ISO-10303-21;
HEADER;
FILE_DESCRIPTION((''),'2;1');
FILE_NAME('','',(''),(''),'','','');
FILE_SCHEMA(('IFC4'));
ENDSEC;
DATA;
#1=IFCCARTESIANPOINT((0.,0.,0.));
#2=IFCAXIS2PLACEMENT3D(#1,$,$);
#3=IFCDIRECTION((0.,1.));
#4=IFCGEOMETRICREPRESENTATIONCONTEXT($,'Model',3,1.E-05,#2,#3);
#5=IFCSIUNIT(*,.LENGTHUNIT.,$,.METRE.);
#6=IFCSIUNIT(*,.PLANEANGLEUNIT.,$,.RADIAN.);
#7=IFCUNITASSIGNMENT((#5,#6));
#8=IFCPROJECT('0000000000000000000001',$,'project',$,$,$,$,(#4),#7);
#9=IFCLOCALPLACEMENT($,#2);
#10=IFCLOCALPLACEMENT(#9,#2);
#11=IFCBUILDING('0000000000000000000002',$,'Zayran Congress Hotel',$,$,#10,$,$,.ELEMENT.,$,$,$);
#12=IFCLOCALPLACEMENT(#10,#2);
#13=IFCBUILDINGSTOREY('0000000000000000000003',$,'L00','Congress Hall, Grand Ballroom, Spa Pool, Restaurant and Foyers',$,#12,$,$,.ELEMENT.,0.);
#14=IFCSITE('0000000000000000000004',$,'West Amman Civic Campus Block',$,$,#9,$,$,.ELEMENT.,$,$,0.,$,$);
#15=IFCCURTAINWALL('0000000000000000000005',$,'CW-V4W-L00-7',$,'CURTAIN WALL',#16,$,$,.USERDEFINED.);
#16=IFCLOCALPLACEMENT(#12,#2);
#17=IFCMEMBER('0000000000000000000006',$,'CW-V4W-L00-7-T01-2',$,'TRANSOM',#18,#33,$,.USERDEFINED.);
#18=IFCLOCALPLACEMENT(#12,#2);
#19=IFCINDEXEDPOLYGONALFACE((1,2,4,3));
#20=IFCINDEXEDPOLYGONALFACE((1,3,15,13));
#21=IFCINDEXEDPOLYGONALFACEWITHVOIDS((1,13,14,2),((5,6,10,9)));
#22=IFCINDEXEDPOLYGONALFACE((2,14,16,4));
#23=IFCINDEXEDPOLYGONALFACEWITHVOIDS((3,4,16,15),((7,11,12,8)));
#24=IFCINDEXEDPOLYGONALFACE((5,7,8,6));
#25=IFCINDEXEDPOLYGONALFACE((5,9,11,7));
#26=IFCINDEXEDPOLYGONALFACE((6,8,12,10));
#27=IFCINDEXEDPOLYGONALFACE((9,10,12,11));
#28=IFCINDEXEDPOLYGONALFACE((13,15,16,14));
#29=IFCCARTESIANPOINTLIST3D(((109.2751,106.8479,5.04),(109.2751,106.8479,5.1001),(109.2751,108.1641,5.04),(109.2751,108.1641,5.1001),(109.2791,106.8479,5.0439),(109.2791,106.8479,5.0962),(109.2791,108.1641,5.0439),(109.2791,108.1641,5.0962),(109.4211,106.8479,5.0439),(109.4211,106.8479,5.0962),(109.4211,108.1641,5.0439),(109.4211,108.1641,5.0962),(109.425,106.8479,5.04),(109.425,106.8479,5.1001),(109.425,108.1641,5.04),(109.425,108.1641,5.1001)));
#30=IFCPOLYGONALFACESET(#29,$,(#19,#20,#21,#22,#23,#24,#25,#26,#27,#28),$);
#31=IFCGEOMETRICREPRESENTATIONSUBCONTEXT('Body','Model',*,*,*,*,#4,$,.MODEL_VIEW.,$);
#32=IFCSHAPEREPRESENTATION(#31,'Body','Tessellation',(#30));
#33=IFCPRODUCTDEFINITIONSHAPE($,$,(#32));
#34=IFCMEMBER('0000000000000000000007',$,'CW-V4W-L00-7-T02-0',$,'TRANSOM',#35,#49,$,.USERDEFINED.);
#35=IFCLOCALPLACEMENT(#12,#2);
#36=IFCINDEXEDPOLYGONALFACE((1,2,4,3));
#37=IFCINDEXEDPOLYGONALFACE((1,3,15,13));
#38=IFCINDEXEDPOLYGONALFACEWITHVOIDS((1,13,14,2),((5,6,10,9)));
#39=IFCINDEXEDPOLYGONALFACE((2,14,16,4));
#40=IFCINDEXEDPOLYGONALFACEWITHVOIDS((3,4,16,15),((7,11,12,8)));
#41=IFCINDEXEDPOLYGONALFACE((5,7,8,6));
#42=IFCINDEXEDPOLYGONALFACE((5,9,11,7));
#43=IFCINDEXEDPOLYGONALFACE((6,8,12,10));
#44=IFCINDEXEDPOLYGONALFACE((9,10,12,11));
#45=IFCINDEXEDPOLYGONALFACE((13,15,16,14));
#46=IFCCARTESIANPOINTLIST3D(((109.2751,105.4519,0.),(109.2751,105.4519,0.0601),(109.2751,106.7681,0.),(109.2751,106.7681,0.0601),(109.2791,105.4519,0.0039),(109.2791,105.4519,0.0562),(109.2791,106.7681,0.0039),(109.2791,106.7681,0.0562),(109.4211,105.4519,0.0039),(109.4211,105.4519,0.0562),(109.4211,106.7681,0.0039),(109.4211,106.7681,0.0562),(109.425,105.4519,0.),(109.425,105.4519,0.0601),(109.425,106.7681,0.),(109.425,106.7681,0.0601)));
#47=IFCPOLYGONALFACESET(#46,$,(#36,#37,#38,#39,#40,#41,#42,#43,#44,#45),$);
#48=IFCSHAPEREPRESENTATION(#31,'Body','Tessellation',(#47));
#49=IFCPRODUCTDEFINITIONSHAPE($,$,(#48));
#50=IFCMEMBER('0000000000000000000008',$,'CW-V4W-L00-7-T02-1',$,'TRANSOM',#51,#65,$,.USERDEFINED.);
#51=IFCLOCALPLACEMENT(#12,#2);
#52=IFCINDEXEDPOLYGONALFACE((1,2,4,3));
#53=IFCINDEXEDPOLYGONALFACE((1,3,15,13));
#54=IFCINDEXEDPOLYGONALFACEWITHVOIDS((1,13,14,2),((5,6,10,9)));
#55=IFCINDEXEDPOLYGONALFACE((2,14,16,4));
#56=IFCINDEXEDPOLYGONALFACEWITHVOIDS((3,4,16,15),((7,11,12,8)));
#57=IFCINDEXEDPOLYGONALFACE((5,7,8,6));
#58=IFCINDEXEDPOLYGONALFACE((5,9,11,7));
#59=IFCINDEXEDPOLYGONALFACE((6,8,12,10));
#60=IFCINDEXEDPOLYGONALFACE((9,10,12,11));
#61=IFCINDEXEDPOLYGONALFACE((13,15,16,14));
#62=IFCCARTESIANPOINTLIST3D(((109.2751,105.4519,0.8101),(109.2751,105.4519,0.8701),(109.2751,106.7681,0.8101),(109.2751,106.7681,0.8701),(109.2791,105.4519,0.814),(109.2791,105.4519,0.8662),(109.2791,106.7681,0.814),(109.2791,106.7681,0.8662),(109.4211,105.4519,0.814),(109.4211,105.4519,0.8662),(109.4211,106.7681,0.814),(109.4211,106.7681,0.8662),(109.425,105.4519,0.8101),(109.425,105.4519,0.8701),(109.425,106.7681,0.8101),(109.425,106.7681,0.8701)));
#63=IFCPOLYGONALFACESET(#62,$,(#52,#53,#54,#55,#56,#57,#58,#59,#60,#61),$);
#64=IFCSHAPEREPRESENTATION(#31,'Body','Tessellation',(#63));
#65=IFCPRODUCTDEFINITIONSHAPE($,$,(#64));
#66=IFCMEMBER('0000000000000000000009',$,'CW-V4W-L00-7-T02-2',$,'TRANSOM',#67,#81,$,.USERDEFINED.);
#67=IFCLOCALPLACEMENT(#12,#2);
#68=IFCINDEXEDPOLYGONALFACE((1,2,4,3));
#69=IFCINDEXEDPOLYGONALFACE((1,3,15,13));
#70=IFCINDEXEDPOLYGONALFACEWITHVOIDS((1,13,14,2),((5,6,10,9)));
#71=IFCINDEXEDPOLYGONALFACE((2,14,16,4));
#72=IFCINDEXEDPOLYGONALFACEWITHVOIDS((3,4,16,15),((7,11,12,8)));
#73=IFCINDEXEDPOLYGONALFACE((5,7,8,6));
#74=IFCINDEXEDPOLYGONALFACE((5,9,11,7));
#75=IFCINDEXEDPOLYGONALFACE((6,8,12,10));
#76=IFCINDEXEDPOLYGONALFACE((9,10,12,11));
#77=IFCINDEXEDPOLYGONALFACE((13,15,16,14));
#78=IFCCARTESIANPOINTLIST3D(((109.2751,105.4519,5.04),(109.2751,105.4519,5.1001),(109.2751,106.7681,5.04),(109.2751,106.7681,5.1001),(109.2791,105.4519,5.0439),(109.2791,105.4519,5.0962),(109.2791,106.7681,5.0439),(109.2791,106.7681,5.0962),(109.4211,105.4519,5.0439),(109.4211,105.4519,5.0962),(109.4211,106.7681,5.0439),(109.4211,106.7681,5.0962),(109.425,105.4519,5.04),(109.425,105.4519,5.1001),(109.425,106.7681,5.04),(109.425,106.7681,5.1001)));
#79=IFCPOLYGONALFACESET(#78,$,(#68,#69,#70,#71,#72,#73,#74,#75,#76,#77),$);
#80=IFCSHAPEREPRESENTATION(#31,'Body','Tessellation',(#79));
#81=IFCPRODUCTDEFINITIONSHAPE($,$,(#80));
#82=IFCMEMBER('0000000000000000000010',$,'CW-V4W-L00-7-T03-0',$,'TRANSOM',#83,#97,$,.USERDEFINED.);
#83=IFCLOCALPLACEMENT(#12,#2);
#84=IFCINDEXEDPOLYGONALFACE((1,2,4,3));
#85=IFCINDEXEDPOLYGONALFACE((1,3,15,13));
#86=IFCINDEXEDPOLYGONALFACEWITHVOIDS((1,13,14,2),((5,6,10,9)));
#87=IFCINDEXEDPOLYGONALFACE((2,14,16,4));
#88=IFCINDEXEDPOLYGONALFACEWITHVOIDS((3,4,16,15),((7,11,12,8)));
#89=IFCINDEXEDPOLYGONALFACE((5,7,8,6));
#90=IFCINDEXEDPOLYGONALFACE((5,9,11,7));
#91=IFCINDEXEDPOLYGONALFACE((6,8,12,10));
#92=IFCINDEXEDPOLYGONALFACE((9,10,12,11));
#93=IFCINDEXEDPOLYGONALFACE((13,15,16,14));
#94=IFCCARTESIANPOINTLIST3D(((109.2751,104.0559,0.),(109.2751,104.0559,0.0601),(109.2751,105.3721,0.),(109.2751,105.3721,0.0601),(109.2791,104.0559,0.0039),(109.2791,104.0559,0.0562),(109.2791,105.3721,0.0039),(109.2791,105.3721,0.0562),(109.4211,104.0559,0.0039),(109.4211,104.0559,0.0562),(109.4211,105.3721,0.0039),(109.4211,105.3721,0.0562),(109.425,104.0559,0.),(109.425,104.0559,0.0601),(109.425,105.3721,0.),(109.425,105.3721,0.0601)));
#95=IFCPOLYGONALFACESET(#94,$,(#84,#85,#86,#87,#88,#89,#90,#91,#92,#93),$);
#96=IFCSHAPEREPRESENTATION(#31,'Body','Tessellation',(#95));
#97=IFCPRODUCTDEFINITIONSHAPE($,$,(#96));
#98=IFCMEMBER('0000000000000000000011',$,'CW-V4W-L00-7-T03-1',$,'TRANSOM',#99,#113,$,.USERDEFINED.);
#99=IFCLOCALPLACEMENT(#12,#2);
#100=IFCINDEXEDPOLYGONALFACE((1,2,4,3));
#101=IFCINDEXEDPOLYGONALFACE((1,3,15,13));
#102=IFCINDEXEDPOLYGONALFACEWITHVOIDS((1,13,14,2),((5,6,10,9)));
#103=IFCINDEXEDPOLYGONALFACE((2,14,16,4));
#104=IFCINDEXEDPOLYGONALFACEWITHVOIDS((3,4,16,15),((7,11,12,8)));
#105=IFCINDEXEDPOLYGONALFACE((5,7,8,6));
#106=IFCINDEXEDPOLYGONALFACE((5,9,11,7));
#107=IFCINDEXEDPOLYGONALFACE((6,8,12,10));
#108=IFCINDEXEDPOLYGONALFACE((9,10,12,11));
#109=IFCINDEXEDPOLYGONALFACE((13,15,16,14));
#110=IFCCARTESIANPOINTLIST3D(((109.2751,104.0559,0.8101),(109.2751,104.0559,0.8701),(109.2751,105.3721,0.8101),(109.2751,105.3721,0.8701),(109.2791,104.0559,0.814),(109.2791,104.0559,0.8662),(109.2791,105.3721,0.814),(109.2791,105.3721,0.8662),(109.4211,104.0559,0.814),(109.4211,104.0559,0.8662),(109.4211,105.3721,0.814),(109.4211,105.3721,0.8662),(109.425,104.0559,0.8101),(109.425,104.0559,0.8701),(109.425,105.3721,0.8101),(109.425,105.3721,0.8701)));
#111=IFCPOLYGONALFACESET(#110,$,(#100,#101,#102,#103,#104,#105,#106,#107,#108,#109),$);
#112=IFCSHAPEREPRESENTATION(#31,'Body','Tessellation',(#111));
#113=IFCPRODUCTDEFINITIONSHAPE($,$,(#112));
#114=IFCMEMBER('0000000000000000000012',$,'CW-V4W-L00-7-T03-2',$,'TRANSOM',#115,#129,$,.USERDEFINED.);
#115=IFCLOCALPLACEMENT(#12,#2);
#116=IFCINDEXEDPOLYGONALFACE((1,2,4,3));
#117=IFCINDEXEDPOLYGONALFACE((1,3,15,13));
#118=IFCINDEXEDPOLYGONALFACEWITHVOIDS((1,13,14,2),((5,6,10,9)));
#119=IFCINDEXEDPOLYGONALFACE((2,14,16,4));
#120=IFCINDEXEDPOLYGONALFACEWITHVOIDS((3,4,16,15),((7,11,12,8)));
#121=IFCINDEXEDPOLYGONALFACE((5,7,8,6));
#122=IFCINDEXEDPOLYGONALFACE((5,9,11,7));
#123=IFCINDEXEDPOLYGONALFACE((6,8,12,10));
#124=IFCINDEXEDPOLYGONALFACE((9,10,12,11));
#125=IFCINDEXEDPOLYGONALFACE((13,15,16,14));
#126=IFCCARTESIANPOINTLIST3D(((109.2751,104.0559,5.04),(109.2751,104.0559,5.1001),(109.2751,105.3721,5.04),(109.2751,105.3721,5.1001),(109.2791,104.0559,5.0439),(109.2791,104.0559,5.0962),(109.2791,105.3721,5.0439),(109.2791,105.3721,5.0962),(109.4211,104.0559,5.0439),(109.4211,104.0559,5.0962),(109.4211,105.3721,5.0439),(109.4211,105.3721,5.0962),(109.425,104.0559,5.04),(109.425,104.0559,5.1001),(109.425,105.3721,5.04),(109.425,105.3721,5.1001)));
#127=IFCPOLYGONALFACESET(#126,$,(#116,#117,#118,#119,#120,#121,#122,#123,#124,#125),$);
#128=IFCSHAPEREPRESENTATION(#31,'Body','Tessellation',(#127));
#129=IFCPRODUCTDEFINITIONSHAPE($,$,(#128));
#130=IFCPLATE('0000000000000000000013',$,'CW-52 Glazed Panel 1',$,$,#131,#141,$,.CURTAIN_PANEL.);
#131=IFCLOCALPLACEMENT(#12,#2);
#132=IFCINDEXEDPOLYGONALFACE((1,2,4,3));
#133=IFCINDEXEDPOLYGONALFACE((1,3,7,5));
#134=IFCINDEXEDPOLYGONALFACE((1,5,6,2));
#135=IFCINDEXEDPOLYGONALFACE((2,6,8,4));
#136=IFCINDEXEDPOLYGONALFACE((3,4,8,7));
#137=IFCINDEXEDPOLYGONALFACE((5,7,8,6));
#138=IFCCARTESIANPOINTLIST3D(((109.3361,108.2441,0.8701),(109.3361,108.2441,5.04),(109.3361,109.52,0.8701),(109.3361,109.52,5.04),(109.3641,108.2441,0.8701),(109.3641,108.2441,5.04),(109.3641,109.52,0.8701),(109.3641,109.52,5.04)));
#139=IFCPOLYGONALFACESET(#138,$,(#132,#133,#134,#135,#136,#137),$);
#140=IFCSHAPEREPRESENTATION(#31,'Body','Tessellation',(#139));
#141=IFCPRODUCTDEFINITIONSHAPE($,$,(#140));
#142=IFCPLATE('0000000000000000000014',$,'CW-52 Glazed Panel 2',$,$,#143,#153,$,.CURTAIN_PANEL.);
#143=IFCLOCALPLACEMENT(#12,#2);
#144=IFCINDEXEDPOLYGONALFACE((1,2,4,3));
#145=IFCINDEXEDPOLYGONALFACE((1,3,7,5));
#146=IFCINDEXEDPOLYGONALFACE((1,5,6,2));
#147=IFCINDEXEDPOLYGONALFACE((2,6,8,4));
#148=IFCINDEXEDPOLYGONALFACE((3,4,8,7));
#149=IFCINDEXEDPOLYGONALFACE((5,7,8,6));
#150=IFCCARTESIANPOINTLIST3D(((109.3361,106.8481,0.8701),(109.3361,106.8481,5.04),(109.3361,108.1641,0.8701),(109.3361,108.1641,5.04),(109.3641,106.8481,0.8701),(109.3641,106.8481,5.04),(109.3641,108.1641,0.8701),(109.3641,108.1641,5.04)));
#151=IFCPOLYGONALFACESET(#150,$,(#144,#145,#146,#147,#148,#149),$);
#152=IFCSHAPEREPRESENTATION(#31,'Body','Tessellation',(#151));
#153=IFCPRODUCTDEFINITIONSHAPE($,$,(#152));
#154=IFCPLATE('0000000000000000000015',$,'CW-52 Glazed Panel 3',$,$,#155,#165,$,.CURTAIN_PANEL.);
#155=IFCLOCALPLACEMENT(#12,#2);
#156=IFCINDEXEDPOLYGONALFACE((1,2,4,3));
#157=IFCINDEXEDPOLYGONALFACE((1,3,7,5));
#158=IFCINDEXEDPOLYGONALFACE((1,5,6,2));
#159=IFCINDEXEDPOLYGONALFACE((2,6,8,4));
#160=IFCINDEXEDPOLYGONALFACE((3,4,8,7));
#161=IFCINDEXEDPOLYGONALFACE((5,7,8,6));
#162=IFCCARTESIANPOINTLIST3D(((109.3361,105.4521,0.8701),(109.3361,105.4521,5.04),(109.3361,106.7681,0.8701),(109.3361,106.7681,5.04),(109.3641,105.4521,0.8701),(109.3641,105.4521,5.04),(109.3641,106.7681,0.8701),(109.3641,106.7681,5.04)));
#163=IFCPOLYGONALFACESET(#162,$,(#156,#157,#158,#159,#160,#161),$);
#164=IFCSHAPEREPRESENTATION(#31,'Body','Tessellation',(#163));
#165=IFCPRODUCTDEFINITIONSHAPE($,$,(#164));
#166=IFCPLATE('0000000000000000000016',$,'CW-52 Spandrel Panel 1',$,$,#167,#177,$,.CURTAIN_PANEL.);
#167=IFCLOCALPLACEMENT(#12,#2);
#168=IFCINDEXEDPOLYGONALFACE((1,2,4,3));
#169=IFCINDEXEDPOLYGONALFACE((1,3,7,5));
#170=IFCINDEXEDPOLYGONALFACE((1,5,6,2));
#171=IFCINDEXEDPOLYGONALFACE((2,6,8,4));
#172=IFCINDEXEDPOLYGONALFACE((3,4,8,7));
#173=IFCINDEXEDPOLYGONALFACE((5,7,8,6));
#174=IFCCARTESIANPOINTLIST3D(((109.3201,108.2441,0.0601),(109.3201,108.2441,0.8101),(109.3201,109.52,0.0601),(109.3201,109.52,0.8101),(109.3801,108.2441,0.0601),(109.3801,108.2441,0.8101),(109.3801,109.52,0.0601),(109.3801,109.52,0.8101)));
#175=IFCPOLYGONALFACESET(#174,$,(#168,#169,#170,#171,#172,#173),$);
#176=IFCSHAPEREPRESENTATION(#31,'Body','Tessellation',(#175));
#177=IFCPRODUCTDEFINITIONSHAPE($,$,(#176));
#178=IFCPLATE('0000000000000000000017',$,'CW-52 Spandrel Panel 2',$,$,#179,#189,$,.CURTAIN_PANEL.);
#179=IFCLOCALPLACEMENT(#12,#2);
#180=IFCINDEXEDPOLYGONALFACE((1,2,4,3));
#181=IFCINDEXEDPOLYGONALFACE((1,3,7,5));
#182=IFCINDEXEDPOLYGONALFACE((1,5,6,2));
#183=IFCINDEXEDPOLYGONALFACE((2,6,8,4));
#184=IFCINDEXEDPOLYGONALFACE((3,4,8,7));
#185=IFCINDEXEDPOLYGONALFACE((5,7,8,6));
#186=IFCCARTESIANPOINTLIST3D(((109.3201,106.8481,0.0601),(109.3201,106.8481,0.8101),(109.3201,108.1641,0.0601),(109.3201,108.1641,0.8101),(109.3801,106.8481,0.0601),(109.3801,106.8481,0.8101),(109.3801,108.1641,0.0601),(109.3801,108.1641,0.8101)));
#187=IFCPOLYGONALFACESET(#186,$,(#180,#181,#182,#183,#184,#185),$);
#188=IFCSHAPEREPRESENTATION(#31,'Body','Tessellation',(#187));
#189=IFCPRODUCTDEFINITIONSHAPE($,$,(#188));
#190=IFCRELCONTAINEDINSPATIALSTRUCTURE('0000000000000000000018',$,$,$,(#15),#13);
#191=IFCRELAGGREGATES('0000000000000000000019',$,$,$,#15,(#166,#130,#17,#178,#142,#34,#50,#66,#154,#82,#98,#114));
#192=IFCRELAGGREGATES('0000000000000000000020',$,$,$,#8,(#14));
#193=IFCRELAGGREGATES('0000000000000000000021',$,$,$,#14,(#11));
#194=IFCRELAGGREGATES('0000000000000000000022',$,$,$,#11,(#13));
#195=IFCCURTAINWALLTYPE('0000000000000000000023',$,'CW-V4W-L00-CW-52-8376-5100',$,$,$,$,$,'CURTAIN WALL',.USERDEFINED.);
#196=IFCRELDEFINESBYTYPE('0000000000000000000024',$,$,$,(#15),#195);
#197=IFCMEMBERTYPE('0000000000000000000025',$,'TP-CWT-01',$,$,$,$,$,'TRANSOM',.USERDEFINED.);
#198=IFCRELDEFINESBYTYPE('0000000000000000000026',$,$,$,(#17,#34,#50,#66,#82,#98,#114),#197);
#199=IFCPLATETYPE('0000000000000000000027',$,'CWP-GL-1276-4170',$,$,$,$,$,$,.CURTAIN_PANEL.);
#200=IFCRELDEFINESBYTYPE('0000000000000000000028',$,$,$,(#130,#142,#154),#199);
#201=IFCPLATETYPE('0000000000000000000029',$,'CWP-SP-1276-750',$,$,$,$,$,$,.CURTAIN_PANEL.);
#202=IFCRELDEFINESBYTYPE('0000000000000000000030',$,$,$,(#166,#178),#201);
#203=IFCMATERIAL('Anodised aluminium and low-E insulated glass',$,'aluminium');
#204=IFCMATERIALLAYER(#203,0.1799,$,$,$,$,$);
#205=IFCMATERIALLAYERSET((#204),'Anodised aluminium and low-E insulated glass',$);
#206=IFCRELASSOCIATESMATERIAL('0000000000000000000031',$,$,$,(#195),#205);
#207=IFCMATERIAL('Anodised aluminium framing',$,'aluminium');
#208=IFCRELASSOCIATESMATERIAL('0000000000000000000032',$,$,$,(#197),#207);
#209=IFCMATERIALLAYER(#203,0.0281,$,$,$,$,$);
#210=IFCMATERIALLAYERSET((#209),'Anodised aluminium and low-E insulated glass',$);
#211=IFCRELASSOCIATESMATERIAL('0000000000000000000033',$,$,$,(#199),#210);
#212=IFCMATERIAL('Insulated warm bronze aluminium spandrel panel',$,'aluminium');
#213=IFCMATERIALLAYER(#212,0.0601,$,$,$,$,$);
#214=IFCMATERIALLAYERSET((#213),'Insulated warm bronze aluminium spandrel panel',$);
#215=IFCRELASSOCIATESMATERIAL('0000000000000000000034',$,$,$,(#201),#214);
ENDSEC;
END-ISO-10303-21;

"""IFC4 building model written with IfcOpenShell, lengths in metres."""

from ifc_helpers import new_model, si_unit, direction, frame, origin, origin_2d, place, context, subcontext, project, spatial, rectangle, hollow_rectangle, extrude, material, layer, layer_set, material_profile, profile_set, type_object, element, aggregate, save


model = new_model("IFC4")

# Units and contexts
model_context = context("Model", 3, precision=1e-05, world=origin(), true_north=direction((0.0, 1.0)))
body_context = subcontext(model_context, "Body", "Model", "MODEL_VIEW")
ifc_project = project(units=[si_unit("LENGTHUNIT", "METRE"), si_unit("PLANEANGLEUNIT", "RADIAN")], contexts=[model_context])

# Site, building, storey
site_placement = place(None, origin())
site = spatial("IfcSite", under=ifc_project, at=site_placement, Name="West Amman Civic Campus Block", CompositionType="ELEMENT", RefElevation=0.0)
building_placement = place(site_placement, origin())
building = spatial("IfcBuilding", under=site, at=building_placement, Name="Zayran Congress Hotel", CompositionType="ELEMENT")
storey_placement = place(building_placement, origin())
storey = spatial("IfcBuildingStorey", under=building, at=storey_placement, Name="L00", Description="Congress Hall, Grand Ballroom, Spa Pool, Restaurant and Foyers", CompositionType="ELEMENT", Elevation=0.0)

# Curtain wall, members, plates
ifc_material_1 = material(Name="Anodised aluminium and low-E insulated glass", Category="aluminium")
ifc_layer_1 = layer(ifc_material_1, 0.1799)
ifc_layer_set_1 = layer_set([ifc_layer_1], Name="Anodised aluminium and low-E insulated glass")
curtain_wall_type = type_object("IfcCurtainWallType", Name="CW-V4W-L00-CW-52-8376-5100", ElementType="CURTAIN WALL", PredefinedType="USERDEFINED", material=ifc_layer_set_1)
curtain_wall_placement = place(storey_placement, origin())
curtain_wall = element("IfcCurtainWall", 1, at=curtain_wall_placement, inside=storey, type_object=curtain_wall_type, Name="CW-V4W-L00-7", ObjectType="CURTAIN WALL", PredefinedType="USERDEFINED")
ifc_material_2 = material(Name="Anodised aluminium framing", Category="aluminium")
ifc_material_profile_1 = material_profile(ifc_material_2, hollow_rectangle(XDim=0.0601, YDim=0.1499, WallThickness=0.0039, at=origin_2d()), Name="RHS 150x60x4")
ifc_profile_set_1 = profile_set([ifc_material_profile_1], Name="Anodised aluminium framing")
member_type_1 = type_object("IfcMemberType", Name="TP-CWT-01", ElementType="TRANSOM", PredefinedType="USERDEFINED", material=ifc_profile_set_1)
member_1_placement = place(storey_placement, frame((109.3501, 108.1641, 5.0701), z_axis=(0.0, -1.0, 0.0), x_axis=(0.0, 0.0, 1.0)))
member_1 = element("IfcMember", 2, at=member_1_placement, type_object=member_type_1, Name="CW-V4W-L00-7-T01-2", ObjectType="TRANSOM", PredefinedType="USERDEFINED", context=body_context, shape_type="SweptSolid", body=[
    extrude(hollow_rectangle(XDim=0.0601, YDim=0.1499, WallThickness=0.0039, at=origin_2d()), origin(), (0.0, 0.0, 1.0), 1.3162),
])
member_2_placement = place(storey_placement, frame((109.3501, 106.7681, 0.03), z_axis=(0.0, -1.0, 0.0), x_axis=(0.0, 0.0, 1.0)))
member_2 = element("IfcMember", 3, at=member_2_placement, type_object=member_type_1, Name="CW-V4W-L00-7-T02-0", ObjectType="TRANSOM", PredefinedType="USERDEFINED", context=body_context, shape_type="SweptSolid", body=[
    extrude(hollow_rectangle(XDim=0.0601, YDim=0.1499, WallThickness=0.0039, at=origin_2d()), origin(), (0.0, 0.0, 1.0), 1.3162),
])
member_3_placement = place(storey_placement, frame((109.3501, 106.7681, 0.8401), z_axis=(0.0, -1.0, 0.0), x_axis=(0.0, 0.0, 1.0)))
member_3 = element("IfcMember", 4, at=member_3_placement, type_object=member_type_1, Name="CW-V4W-L00-7-T02-1", ObjectType="TRANSOM", PredefinedType="USERDEFINED", context=body_context, shape_type="SweptSolid", body=[
    extrude(hollow_rectangle(XDim=0.0601, YDim=0.1499, WallThickness=0.0039, at=origin_2d()), origin(), (0.0, 0.0, 1.0), 1.3162),
])
member_4_placement = place(storey_placement, frame((109.3501, 106.7681, 5.0701), z_axis=(0.0, -1.0, 0.0), x_axis=(0.0, 0.0, 1.0)))
member_4 = element("IfcMember", 5, at=member_4_placement, type_object=member_type_1, Name="CW-V4W-L00-7-T02-2", ObjectType="TRANSOM", PredefinedType="USERDEFINED", context=body_context, shape_type="SweptSolid", body=[
    extrude(hollow_rectangle(XDim=0.0601, YDim=0.1499, WallThickness=0.0039, at=origin_2d()), origin(), (0.0, 0.0, 1.0), 1.3162),
])
member_5_placement = place(storey_placement, frame((109.3501, 105.3721, 0.03), z_axis=(0.0, -1.0, 0.0), x_axis=(0.0, 0.0, 1.0)))
member_5 = element("IfcMember", 6, at=member_5_placement, type_object=member_type_1, Name="CW-V4W-L00-7-T03-0", ObjectType="TRANSOM", PredefinedType="USERDEFINED", context=body_context, shape_type="SweptSolid", body=[
    extrude(hollow_rectangle(XDim=0.0601, YDim=0.1499, WallThickness=0.0039, at=origin_2d()), origin(), (0.0, 0.0, 1.0), 1.3162),
])
member_6_placement = place(storey_placement, frame((109.3501, 105.3721, 0.8401), z_axis=(0.0, -1.0, 0.0), x_axis=(0.0, 0.0, 1.0)))
member_6 = element("IfcMember", 7, at=member_6_placement, type_object=member_type_1, Name="CW-V4W-L00-7-T03-1", ObjectType="TRANSOM", PredefinedType="USERDEFINED", context=body_context, shape_type="SweptSolid", body=[
    extrude(hollow_rectangle(XDim=0.0601, YDim=0.1499, WallThickness=0.0039, at=origin_2d()), origin(), (0.0, 0.0, 1.0), 1.3162),
])
member_7_placement = place(storey_placement, frame((109.3501, 105.3721, 5.0701), z_axis=(0.0, -1.0, 0.0), x_axis=(0.0, 0.0, 1.0)))
member_7 = element("IfcMember", 8, at=member_7_placement, type_object=member_type_1, Name="CW-V4W-L00-7-T03-2", ObjectType="TRANSOM", PredefinedType="USERDEFINED", context=body_context, shape_type="SweptSolid", body=[
    extrude(hollow_rectangle(XDim=0.0601, YDim=0.1499, WallThickness=0.0039, at=origin_2d()), origin(), (0.0, 0.0, 1.0), 1.3162),
])
ifc_layer_2 = layer(ifc_material_1, 0.0281)
ifc_layer_set_2 = layer_set([ifc_layer_2], Name="Anodised aluminium and low-E insulated glass")
plate_type_1 = type_object("IfcPlateType", Name="CWP-GL-1276-4170", PredefinedType="CURTAIN_PANEL", material=ifc_layer_set_2)
plate_1_placement = place(storey_placement, frame((109.3501, 108.8821, 0.8701), z_axis=(0.0, 0.0, 1.0), x_axis=(0.0, 1.0, 0.0)))
plate_1 = element("IfcPlate", 9, at=plate_1_placement, type_object=plate_type_1, Name="CW-52 Glazed Panel 1", PredefinedType="CURTAIN_PANEL", context=body_context, shape_type="SweptSolid", body=[
    extrude(rectangle(XDim=1.2759, YDim=0.0281, at=origin_2d()), origin(), (0.0, 0.0, 1.0), 4.1699),
])
plate_2_placement = place(storey_placement, frame((109.3501, 107.5061, 0.8701), z_axis=(0.0, 0.0, 1.0), x_axis=(0.0, 1.0, 0.0)))
plate_2 = element("IfcPlate", 10, at=plate_2_placement, type_object=plate_type_1, Name="CW-52 Glazed Panel 2", PredefinedType="CURTAIN_PANEL", context=body_context, shape_type="SweptSolid", body=[
    extrude(rectangle(XDim=1.3159, YDim=0.0281, at=origin_2d()), origin(), (0.0, 0.0, 1.0), 4.1699),
])
plate_3_placement = place(storey_placement, frame((109.3501, 106.1101, 0.8701), z_axis=(0.0, 0.0, 1.0), x_axis=(0.0, 1.0, 0.0)))
plate_3 = element("IfcPlate", 11, at=plate_3_placement, type_object=plate_type_1, Name="CW-52 Glazed Panel 3", PredefinedType="CURTAIN_PANEL", context=body_context, shape_type="SweptSolid", body=[
    extrude(rectangle(XDim=1.3159, YDim=0.0281, at=origin_2d()), origin(), (0.0, 0.0, 1.0), 4.1699),
])
ifc_material_3 = material(Name="Insulated warm bronze aluminium spandrel panel", Category="aluminium")
ifc_layer_3 = layer(ifc_material_3, 0.0601)
ifc_layer_set_3 = layer_set([ifc_layer_3], Name="Insulated warm bronze aluminium spandrel panel")
plate_type_2 = type_object("IfcPlateType", Name="CWP-SP-1276-750", PredefinedType="CURTAIN_PANEL", material=ifc_layer_set_3)
plate_4_placement = place(storey_placement, frame((109.3501, 108.8821, 0.0601), z_axis=(0.0, 0.0, 1.0), x_axis=(0.0, 1.0, 0.0)))
plate_4 = element("IfcPlate", 12, at=plate_4_placement, type_object=plate_type_2, Name="CW-52 Spandrel Panel 1", PredefinedType="CURTAIN_PANEL", context=body_context, shape_type="SweptSolid", body=[
    extrude(rectangle(XDim=1.2759, YDim=0.0601, at=origin_2d()), origin(), (0.0, 0.0, 1.0), 0.75),
])
plate_5_placement = place(storey_placement, frame((109.3501, 107.5061, 0.0601), z_axis=(0.0, 0.0, 1.0), x_axis=(0.0, 1.0, 0.0)))
plate_5 = element("IfcPlate", 13, at=plate_5_placement, type_object=plate_type_2, Name="CW-52 Spandrel Panel 2", PredefinedType="CURTAIN_PANEL", context=body_context, shape_type="SweptSolid", body=[
    extrude(rectangle(XDim=1.3159, YDim=0.0601, at=origin_2d()), origin(), (0.0, 0.0, 1.0), 0.75),
])
aggregate(curtain_wall, [plate_4, plate_1, member_1, plate_5, plate_2, member_2, member_3, member_4, plate_3, member_5, member_6, member_7])

save(model, "model.ifc")
